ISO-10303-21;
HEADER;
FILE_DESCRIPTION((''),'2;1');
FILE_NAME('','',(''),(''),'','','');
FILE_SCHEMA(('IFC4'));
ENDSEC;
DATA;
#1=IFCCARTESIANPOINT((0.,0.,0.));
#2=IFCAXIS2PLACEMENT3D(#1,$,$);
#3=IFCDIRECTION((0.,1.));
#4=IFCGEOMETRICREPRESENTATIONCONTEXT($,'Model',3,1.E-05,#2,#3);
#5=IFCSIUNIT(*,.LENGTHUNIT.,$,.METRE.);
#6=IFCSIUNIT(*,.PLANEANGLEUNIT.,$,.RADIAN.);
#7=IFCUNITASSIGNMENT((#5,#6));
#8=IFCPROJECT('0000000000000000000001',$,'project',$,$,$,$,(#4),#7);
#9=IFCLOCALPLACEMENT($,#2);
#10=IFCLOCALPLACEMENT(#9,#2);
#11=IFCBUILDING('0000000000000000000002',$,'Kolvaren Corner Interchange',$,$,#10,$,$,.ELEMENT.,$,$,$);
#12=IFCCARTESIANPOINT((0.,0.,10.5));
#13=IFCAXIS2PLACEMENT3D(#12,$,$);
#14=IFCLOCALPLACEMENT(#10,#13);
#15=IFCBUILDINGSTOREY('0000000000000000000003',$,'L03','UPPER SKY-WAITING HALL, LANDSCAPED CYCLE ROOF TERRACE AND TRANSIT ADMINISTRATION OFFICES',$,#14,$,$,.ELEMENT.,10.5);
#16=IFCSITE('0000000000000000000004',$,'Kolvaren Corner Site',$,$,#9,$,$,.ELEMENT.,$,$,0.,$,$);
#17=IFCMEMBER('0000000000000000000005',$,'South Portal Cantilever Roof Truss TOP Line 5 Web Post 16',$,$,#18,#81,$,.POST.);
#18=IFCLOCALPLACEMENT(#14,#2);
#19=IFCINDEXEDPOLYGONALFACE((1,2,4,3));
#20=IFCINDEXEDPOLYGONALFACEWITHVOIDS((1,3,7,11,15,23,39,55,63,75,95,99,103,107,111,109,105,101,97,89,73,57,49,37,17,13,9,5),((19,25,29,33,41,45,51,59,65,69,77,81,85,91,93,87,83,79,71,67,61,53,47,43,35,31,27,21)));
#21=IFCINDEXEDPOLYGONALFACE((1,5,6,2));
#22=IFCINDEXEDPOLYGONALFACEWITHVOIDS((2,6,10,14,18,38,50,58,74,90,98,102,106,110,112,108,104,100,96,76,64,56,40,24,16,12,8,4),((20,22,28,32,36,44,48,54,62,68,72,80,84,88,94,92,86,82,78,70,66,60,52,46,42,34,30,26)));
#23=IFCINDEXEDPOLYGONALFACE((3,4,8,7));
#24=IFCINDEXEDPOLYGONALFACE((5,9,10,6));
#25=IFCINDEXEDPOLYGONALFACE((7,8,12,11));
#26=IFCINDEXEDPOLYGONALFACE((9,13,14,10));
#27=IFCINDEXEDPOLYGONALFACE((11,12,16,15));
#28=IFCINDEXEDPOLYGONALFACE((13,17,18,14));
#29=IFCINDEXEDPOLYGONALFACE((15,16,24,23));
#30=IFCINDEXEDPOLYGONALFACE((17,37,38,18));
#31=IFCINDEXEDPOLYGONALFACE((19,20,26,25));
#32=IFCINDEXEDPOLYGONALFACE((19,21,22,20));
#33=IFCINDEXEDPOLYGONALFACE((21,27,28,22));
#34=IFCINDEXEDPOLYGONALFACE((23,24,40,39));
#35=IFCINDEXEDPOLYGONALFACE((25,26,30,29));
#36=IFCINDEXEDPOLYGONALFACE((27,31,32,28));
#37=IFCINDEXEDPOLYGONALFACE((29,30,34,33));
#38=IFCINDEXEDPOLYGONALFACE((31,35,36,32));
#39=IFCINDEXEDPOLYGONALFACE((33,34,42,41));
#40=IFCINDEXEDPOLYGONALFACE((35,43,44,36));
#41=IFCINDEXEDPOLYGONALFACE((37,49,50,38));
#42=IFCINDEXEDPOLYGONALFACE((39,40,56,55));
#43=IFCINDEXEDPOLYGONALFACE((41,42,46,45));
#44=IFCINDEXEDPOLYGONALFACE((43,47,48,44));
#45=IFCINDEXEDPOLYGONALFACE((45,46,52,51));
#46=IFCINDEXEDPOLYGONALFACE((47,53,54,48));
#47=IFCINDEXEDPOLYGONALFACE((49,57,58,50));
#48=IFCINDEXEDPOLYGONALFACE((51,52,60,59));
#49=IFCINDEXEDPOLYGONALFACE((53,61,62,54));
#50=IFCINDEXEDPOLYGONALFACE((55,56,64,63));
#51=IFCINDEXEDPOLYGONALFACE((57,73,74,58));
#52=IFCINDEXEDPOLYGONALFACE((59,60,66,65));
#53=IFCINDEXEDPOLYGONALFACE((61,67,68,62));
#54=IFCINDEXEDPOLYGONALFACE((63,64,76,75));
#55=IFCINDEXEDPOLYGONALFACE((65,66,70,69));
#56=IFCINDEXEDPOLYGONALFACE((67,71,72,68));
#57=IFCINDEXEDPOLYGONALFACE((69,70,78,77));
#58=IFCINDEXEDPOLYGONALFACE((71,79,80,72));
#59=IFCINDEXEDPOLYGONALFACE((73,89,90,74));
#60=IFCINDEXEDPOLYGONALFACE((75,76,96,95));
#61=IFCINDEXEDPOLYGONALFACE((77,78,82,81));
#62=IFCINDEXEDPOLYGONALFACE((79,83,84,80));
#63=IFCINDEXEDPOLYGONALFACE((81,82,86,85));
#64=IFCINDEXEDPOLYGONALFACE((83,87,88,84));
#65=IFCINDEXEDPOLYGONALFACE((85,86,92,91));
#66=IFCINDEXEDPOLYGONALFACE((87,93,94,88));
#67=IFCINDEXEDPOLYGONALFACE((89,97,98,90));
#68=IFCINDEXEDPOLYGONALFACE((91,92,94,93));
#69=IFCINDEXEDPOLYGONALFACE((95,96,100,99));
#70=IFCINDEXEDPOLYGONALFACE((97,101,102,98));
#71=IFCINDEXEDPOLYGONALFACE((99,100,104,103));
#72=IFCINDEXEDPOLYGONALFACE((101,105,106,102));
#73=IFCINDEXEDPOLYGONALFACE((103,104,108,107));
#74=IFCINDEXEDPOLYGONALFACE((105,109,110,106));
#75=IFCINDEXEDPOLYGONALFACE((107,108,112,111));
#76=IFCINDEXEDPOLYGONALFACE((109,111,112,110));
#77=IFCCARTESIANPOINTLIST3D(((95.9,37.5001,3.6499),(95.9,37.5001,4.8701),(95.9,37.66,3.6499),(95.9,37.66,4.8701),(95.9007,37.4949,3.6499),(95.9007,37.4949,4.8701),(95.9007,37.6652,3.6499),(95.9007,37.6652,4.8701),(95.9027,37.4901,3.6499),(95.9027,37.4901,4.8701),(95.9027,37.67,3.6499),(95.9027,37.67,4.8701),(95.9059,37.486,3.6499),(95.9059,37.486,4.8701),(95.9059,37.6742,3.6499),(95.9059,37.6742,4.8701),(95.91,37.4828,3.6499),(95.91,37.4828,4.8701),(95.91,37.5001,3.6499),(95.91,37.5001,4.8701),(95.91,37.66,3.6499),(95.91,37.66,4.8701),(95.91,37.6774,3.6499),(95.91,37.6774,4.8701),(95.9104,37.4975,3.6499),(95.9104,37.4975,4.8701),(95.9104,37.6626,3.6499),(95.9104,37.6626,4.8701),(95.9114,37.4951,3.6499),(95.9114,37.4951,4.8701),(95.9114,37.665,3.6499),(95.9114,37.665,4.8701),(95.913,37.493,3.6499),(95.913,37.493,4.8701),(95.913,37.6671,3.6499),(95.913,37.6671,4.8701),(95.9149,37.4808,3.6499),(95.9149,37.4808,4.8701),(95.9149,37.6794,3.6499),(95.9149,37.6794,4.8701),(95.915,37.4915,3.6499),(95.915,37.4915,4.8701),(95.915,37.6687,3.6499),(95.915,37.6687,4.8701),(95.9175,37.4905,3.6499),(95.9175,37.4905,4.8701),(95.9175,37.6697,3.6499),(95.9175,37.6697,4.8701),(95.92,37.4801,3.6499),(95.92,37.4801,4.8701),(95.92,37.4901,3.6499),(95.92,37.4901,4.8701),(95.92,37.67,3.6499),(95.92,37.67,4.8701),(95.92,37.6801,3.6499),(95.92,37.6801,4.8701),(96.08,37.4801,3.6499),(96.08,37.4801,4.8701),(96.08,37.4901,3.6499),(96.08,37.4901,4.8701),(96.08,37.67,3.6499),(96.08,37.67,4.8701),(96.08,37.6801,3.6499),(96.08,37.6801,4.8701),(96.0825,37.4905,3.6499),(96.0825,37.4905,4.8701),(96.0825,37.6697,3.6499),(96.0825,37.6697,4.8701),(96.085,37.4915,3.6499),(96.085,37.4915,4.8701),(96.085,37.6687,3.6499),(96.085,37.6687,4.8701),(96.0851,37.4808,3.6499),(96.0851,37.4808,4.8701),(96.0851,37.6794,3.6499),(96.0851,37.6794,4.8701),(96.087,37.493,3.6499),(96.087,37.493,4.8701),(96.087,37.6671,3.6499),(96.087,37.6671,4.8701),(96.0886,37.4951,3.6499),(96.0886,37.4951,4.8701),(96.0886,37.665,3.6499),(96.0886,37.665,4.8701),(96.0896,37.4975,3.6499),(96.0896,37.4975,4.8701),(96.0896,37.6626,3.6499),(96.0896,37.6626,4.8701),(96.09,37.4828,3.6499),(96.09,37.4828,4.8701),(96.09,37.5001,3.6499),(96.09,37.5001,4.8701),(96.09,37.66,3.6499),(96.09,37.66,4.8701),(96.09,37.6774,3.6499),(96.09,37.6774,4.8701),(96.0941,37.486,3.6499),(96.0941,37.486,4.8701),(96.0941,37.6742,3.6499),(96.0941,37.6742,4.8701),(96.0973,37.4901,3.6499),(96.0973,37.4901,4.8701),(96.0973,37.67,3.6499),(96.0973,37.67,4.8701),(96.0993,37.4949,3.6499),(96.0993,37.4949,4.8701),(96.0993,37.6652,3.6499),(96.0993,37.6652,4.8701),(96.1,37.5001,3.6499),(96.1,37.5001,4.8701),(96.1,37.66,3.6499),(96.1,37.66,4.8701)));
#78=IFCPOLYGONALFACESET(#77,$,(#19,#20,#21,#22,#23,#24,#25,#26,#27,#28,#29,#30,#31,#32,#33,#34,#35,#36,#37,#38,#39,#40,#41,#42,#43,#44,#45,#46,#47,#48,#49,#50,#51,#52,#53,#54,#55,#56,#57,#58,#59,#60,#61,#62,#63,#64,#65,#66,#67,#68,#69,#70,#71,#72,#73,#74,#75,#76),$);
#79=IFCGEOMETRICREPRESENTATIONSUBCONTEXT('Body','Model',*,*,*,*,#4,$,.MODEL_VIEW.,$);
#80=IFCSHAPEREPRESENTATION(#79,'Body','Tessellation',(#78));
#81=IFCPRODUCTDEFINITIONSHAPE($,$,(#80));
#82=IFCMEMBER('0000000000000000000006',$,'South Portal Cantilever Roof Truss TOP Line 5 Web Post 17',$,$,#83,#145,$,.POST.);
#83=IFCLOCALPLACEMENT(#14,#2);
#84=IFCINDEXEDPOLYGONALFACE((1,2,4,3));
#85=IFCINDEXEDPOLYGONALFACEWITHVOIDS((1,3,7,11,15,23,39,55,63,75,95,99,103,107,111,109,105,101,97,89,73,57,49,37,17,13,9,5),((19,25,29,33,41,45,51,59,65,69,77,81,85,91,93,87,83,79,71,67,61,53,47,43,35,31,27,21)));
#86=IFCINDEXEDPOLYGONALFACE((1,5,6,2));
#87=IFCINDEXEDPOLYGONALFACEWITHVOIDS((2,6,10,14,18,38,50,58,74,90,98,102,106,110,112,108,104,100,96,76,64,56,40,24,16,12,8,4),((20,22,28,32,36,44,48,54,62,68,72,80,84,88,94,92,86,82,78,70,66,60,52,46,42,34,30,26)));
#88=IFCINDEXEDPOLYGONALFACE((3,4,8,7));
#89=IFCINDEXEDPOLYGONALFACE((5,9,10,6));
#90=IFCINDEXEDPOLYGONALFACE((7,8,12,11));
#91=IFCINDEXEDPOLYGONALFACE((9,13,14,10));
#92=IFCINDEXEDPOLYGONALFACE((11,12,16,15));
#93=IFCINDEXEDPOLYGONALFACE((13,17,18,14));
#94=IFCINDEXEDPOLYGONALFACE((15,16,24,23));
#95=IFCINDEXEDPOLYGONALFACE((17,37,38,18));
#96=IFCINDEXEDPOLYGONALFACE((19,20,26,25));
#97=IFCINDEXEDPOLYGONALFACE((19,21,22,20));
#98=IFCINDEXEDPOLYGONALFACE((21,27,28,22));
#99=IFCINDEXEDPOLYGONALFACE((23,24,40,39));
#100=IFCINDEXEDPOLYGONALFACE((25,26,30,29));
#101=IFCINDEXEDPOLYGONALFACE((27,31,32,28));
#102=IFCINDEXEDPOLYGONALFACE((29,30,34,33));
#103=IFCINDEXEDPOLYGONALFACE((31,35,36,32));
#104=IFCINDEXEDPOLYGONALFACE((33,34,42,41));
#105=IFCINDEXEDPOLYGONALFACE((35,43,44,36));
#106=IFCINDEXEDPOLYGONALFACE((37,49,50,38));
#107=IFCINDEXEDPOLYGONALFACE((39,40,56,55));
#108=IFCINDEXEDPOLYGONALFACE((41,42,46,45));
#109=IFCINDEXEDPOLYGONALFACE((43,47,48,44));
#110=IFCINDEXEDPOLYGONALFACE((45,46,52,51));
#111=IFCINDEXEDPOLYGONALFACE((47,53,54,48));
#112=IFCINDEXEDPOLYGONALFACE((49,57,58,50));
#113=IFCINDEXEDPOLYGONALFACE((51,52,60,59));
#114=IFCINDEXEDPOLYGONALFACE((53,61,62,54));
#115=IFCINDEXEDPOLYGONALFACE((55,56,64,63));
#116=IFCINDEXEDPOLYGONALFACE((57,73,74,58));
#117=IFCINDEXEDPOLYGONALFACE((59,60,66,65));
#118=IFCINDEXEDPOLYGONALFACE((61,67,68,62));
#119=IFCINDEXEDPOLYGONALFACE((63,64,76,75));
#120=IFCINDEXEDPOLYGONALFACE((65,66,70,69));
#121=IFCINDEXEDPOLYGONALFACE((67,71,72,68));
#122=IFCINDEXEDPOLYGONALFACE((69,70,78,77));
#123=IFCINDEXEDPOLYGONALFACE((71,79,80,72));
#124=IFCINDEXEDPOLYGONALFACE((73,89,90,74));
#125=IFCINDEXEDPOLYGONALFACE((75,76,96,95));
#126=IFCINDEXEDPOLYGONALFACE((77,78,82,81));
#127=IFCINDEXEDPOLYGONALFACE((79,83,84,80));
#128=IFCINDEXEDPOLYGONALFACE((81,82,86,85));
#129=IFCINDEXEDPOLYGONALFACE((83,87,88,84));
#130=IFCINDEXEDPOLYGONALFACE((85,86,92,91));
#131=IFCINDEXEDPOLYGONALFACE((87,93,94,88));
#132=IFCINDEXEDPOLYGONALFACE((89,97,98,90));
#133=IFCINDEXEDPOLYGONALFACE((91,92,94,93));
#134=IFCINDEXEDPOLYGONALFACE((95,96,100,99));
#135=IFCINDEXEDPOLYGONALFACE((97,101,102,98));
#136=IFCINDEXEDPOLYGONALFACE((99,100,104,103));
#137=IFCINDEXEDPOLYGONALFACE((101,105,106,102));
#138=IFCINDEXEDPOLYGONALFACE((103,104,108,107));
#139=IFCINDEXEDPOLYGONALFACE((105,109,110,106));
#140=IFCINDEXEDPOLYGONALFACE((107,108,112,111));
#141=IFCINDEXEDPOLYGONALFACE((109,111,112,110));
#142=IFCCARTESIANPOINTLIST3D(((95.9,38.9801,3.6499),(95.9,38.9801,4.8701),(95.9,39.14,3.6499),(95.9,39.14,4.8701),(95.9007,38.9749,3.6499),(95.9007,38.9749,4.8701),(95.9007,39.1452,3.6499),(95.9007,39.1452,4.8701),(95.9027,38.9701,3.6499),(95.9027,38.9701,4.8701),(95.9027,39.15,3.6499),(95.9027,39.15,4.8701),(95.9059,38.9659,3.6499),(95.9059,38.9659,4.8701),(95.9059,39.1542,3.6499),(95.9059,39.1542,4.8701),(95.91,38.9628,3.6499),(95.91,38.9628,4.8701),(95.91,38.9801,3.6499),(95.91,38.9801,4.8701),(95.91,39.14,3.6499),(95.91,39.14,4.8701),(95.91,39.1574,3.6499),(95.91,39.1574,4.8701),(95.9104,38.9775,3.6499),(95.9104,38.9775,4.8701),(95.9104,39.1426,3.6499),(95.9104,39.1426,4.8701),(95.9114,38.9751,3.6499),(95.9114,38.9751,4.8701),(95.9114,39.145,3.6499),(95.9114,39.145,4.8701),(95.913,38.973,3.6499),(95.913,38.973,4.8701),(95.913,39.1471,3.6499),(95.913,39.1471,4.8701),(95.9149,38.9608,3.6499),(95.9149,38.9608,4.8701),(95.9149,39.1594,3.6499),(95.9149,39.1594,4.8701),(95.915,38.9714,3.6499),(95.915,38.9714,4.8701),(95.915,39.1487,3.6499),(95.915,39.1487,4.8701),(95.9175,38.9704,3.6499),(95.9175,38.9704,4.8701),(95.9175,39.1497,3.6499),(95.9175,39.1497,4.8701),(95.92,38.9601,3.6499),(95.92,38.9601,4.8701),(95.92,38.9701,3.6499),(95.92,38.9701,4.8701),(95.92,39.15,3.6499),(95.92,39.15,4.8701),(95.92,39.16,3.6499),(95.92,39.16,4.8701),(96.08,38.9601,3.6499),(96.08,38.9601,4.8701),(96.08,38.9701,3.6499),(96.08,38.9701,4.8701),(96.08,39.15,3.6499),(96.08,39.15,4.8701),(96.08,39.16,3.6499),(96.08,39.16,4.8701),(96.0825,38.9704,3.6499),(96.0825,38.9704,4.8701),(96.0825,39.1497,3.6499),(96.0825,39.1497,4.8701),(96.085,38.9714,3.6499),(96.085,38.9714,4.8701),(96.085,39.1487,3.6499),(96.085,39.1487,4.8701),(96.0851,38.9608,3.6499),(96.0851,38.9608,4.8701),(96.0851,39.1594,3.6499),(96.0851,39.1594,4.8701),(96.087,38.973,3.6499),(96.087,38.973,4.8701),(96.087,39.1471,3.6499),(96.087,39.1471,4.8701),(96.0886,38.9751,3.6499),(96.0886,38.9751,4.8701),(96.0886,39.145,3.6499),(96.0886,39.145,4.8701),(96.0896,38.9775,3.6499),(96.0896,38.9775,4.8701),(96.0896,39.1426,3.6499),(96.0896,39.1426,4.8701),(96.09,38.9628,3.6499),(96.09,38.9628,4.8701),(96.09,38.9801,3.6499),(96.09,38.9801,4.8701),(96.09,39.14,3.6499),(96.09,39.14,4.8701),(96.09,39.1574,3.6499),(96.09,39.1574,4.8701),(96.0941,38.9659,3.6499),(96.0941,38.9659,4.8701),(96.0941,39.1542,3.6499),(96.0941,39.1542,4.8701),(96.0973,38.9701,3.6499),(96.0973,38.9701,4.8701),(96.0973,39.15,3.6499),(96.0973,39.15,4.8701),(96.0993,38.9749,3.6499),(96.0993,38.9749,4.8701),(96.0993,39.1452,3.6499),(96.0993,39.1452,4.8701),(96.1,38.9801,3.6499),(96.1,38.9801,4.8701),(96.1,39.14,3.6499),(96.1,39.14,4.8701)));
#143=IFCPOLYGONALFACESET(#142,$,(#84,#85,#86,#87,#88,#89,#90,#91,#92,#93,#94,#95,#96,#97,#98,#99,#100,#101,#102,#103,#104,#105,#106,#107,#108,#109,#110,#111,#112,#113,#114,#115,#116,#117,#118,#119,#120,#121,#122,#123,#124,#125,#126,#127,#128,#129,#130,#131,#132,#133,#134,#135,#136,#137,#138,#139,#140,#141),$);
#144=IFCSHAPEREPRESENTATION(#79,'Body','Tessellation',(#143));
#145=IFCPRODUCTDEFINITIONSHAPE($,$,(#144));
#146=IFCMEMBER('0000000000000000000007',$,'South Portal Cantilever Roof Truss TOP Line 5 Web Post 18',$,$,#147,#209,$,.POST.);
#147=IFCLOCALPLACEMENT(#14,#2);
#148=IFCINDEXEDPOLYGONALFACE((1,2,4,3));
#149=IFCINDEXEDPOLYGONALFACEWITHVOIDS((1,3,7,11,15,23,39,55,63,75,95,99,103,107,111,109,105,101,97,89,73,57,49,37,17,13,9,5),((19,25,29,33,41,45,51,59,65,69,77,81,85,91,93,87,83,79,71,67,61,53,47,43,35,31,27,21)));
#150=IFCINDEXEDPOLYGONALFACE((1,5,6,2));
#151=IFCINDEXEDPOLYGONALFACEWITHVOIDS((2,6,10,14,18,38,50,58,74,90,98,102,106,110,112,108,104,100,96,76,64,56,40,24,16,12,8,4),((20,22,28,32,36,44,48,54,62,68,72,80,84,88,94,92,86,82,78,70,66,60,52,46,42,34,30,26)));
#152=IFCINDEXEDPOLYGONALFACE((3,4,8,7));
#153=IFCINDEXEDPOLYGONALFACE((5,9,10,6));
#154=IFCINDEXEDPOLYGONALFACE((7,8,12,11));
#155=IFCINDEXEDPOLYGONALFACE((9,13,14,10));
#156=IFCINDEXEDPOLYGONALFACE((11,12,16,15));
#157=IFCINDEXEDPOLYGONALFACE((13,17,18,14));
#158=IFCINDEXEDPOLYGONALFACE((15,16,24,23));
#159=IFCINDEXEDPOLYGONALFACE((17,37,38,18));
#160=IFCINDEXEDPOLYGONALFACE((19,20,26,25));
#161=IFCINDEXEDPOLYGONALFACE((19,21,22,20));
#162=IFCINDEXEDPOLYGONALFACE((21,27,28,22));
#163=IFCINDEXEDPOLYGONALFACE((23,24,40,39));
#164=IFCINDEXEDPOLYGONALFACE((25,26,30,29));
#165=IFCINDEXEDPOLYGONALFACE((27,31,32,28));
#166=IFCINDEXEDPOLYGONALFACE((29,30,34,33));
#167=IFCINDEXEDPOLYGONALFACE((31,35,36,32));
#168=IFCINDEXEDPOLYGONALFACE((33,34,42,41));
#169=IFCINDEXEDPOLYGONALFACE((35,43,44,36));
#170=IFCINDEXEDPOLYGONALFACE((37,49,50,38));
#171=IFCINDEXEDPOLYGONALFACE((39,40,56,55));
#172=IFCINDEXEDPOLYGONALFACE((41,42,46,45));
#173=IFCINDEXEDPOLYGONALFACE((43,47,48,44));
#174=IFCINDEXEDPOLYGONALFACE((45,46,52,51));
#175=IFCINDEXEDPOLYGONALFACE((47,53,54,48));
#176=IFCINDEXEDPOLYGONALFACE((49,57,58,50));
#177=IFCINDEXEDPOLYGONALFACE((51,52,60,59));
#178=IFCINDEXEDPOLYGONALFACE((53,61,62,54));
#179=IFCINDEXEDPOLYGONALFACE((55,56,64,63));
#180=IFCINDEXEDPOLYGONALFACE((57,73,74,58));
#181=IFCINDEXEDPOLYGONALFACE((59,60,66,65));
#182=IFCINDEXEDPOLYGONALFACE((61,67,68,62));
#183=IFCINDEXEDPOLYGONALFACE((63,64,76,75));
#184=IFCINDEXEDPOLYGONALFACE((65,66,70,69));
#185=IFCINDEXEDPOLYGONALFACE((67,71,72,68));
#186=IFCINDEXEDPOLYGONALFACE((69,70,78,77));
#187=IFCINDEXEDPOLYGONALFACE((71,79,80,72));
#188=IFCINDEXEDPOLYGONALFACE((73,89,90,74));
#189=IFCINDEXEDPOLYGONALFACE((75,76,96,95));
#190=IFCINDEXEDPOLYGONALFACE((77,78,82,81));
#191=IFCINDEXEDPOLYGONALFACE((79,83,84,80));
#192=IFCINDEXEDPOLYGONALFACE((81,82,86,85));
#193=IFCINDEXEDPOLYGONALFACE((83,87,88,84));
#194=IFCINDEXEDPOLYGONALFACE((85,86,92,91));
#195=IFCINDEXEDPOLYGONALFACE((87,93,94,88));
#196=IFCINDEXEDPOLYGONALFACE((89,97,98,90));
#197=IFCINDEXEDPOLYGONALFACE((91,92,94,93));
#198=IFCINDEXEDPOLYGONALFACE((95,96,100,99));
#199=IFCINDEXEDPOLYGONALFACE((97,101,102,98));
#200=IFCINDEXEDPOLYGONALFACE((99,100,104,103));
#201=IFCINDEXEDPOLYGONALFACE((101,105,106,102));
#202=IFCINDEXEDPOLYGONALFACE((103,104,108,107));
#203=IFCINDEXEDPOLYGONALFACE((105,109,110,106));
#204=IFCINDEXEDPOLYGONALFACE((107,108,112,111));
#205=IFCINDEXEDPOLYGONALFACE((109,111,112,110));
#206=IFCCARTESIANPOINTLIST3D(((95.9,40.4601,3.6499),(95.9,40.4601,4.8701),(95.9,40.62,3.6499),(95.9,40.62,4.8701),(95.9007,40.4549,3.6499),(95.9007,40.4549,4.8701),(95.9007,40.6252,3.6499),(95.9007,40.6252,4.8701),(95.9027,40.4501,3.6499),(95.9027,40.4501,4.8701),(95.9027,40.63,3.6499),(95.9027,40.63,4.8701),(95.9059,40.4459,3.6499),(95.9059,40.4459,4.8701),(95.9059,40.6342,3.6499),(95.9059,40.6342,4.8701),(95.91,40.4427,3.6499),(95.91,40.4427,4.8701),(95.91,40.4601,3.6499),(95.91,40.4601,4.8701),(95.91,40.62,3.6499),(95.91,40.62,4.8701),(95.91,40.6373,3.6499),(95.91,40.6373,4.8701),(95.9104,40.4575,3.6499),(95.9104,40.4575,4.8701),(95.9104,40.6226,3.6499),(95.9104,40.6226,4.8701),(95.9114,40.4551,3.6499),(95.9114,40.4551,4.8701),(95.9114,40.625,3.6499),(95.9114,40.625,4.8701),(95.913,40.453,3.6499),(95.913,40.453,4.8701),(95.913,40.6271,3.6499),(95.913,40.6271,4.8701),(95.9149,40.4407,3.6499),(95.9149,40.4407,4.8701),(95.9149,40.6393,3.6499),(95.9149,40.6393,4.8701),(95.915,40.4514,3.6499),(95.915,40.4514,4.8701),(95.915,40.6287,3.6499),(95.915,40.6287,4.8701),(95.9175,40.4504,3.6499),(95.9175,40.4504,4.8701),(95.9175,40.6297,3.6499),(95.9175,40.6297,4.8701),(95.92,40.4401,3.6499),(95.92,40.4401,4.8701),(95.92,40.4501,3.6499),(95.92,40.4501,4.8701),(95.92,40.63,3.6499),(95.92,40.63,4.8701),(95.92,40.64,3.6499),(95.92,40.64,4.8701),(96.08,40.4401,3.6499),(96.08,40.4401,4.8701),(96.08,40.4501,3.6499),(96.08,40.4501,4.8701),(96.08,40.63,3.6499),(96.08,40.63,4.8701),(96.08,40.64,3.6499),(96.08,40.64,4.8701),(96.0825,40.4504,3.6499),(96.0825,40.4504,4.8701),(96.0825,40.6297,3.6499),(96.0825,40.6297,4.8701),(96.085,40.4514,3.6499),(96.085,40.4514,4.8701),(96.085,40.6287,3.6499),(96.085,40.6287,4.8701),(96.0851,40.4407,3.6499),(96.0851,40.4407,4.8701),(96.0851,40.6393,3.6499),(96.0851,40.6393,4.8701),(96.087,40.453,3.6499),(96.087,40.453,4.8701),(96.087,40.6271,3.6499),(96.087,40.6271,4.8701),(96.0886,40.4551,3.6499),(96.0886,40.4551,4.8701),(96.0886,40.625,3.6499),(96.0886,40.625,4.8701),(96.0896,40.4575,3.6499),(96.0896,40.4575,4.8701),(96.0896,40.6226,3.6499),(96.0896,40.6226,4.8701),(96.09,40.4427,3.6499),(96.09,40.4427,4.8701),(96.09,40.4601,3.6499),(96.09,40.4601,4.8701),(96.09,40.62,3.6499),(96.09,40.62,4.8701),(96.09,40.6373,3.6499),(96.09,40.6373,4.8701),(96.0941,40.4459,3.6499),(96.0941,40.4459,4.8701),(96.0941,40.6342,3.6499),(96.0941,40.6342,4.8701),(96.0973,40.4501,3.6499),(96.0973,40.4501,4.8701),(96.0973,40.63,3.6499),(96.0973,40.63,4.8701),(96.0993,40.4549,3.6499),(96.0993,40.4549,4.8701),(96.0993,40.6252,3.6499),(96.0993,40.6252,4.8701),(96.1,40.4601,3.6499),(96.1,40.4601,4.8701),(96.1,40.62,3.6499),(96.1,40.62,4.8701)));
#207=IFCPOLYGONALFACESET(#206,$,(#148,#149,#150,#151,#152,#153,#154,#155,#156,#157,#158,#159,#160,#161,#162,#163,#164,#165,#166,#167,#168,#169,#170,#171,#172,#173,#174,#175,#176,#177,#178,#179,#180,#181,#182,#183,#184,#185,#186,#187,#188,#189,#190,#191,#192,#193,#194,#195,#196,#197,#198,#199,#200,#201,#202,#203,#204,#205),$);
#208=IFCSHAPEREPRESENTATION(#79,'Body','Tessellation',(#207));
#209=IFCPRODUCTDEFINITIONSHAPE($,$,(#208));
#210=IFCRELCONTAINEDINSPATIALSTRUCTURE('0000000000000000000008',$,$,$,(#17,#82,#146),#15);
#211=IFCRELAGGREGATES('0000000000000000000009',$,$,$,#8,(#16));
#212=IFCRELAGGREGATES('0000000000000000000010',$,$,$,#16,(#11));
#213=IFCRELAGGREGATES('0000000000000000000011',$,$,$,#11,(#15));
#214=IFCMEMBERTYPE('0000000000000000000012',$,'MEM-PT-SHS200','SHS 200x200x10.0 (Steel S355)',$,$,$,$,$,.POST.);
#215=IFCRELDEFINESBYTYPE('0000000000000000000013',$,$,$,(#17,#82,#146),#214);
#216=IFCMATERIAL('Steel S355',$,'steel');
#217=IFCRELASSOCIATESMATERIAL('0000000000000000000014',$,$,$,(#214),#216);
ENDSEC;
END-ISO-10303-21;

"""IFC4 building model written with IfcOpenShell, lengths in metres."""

from ifc_helpers import new_model, si_unit, direction, frame, origin, origin_2d, place, context, subcontext, project, spatial, hollow_rectangle, extrude, material, material_profile, profile_set, type_object, element, save


model = new_model("IFC4")

# Units and contexts
model_context = context("Model", 3, precision=1e-05, world=origin(), true_north=direction((0.0, 1.0)))
body_context = subcontext(model_context, "Body", "Model", "MODEL_VIEW")
ifc_project = project(units=[si_unit("LENGTHUNIT", "METRE"), si_unit("PLANEANGLEUNIT", "RADIAN")], contexts=[model_context])

# Site, building, storey
site_placement = place(None, origin())
site = spatial("IfcSite", under=ifc_project, at=site_placement, Name="Kolvaren Corner Site", CompositionType="ELEMENT", RefElevation=0.0)
building_placement = place(site_placement, origin())
building = spatial("IfcBuilding", under=site, at=building_placement, Name="Kolvaren Corner Interchange", CompositionType="ELEMENT")
storey_placement = place(building_placement, frame((0.0, 0.0, 10.5)))
storey = spatial("IfcBuildingStorey", under=building, at=storey_placement, Name="L03", Description="UPPER SKY-WAITING HALL, LANDSCAPED CYCLE ROOF TERRACE AND TRANSIT ADMINISTRATION OFFICES", CompositionType="ELEMENT", Elevation=10.5)

# Members
ifc_material_1 = material(Name="Steel S355", Category="steel")
ifc_material_profile_1 = material_profile(ifc_material_1, hollow_rectangle(XDim=0.2, YDim=0.2, WallThickness=0.01, InnerFilletRadius=0.01, OuterFilletRadius=0.02, at=origin_2d()), Name="SHS 200x200x10.0")
ifc_profile_set_1 = profile_set([ifc_material_profile_1], Name="Steel S355")
member_type_1 = type_object("IfcMemberType", Name="MEM-PT-SHS200", Description="SHS 200x200x10.0 (Steel S355)", PredefinedType="POST", material=ifc_profile_set_1)
for number, where, z_axis, x_axis, name in (
    (1, (96.0, 37.5801, 3.6499), (0.0, 0.0, 1.0), (1.0, 0.0, 0.0), "South Portal Cantilever Roof Truss TOP Line 5 Web Post 16"),
    (2, (96.0, 39.0601, 3.6499), (0.0, 0.0, 1.0), (1.0, 0.0, 0.0), "South Portal Cantilever Roof Truss TOP Line 5 Web Post 17"),
    (3, (96.0, 40.54, 3.6499), (0.0, 0.0, 1.0), (1.0, 0.0, 0.0), "South Portal Cantilever Roof Truss TOP Line 5 Web Post 18"),
):
    element("IfcMember", number, at=place(storey_placement, frame(where, z_axis=z_axis, x_axis=x_axis)), inside=storey, type_object=member_type_1, Name=name, PredefinedType="POST", context=body_context, shape_type="SweptSolid", body=[
        extrude(hollow_rectangle(XDim=0.2, YDim=0.2, WallThickness=0.01, InnerFilletRadius=0.01, OuterFilletRadius=0.02, at=origin_2d()), origin(), (0.0, 0.0, 1.0), 1.2202),
    ])

save(model, "model.ifc")
